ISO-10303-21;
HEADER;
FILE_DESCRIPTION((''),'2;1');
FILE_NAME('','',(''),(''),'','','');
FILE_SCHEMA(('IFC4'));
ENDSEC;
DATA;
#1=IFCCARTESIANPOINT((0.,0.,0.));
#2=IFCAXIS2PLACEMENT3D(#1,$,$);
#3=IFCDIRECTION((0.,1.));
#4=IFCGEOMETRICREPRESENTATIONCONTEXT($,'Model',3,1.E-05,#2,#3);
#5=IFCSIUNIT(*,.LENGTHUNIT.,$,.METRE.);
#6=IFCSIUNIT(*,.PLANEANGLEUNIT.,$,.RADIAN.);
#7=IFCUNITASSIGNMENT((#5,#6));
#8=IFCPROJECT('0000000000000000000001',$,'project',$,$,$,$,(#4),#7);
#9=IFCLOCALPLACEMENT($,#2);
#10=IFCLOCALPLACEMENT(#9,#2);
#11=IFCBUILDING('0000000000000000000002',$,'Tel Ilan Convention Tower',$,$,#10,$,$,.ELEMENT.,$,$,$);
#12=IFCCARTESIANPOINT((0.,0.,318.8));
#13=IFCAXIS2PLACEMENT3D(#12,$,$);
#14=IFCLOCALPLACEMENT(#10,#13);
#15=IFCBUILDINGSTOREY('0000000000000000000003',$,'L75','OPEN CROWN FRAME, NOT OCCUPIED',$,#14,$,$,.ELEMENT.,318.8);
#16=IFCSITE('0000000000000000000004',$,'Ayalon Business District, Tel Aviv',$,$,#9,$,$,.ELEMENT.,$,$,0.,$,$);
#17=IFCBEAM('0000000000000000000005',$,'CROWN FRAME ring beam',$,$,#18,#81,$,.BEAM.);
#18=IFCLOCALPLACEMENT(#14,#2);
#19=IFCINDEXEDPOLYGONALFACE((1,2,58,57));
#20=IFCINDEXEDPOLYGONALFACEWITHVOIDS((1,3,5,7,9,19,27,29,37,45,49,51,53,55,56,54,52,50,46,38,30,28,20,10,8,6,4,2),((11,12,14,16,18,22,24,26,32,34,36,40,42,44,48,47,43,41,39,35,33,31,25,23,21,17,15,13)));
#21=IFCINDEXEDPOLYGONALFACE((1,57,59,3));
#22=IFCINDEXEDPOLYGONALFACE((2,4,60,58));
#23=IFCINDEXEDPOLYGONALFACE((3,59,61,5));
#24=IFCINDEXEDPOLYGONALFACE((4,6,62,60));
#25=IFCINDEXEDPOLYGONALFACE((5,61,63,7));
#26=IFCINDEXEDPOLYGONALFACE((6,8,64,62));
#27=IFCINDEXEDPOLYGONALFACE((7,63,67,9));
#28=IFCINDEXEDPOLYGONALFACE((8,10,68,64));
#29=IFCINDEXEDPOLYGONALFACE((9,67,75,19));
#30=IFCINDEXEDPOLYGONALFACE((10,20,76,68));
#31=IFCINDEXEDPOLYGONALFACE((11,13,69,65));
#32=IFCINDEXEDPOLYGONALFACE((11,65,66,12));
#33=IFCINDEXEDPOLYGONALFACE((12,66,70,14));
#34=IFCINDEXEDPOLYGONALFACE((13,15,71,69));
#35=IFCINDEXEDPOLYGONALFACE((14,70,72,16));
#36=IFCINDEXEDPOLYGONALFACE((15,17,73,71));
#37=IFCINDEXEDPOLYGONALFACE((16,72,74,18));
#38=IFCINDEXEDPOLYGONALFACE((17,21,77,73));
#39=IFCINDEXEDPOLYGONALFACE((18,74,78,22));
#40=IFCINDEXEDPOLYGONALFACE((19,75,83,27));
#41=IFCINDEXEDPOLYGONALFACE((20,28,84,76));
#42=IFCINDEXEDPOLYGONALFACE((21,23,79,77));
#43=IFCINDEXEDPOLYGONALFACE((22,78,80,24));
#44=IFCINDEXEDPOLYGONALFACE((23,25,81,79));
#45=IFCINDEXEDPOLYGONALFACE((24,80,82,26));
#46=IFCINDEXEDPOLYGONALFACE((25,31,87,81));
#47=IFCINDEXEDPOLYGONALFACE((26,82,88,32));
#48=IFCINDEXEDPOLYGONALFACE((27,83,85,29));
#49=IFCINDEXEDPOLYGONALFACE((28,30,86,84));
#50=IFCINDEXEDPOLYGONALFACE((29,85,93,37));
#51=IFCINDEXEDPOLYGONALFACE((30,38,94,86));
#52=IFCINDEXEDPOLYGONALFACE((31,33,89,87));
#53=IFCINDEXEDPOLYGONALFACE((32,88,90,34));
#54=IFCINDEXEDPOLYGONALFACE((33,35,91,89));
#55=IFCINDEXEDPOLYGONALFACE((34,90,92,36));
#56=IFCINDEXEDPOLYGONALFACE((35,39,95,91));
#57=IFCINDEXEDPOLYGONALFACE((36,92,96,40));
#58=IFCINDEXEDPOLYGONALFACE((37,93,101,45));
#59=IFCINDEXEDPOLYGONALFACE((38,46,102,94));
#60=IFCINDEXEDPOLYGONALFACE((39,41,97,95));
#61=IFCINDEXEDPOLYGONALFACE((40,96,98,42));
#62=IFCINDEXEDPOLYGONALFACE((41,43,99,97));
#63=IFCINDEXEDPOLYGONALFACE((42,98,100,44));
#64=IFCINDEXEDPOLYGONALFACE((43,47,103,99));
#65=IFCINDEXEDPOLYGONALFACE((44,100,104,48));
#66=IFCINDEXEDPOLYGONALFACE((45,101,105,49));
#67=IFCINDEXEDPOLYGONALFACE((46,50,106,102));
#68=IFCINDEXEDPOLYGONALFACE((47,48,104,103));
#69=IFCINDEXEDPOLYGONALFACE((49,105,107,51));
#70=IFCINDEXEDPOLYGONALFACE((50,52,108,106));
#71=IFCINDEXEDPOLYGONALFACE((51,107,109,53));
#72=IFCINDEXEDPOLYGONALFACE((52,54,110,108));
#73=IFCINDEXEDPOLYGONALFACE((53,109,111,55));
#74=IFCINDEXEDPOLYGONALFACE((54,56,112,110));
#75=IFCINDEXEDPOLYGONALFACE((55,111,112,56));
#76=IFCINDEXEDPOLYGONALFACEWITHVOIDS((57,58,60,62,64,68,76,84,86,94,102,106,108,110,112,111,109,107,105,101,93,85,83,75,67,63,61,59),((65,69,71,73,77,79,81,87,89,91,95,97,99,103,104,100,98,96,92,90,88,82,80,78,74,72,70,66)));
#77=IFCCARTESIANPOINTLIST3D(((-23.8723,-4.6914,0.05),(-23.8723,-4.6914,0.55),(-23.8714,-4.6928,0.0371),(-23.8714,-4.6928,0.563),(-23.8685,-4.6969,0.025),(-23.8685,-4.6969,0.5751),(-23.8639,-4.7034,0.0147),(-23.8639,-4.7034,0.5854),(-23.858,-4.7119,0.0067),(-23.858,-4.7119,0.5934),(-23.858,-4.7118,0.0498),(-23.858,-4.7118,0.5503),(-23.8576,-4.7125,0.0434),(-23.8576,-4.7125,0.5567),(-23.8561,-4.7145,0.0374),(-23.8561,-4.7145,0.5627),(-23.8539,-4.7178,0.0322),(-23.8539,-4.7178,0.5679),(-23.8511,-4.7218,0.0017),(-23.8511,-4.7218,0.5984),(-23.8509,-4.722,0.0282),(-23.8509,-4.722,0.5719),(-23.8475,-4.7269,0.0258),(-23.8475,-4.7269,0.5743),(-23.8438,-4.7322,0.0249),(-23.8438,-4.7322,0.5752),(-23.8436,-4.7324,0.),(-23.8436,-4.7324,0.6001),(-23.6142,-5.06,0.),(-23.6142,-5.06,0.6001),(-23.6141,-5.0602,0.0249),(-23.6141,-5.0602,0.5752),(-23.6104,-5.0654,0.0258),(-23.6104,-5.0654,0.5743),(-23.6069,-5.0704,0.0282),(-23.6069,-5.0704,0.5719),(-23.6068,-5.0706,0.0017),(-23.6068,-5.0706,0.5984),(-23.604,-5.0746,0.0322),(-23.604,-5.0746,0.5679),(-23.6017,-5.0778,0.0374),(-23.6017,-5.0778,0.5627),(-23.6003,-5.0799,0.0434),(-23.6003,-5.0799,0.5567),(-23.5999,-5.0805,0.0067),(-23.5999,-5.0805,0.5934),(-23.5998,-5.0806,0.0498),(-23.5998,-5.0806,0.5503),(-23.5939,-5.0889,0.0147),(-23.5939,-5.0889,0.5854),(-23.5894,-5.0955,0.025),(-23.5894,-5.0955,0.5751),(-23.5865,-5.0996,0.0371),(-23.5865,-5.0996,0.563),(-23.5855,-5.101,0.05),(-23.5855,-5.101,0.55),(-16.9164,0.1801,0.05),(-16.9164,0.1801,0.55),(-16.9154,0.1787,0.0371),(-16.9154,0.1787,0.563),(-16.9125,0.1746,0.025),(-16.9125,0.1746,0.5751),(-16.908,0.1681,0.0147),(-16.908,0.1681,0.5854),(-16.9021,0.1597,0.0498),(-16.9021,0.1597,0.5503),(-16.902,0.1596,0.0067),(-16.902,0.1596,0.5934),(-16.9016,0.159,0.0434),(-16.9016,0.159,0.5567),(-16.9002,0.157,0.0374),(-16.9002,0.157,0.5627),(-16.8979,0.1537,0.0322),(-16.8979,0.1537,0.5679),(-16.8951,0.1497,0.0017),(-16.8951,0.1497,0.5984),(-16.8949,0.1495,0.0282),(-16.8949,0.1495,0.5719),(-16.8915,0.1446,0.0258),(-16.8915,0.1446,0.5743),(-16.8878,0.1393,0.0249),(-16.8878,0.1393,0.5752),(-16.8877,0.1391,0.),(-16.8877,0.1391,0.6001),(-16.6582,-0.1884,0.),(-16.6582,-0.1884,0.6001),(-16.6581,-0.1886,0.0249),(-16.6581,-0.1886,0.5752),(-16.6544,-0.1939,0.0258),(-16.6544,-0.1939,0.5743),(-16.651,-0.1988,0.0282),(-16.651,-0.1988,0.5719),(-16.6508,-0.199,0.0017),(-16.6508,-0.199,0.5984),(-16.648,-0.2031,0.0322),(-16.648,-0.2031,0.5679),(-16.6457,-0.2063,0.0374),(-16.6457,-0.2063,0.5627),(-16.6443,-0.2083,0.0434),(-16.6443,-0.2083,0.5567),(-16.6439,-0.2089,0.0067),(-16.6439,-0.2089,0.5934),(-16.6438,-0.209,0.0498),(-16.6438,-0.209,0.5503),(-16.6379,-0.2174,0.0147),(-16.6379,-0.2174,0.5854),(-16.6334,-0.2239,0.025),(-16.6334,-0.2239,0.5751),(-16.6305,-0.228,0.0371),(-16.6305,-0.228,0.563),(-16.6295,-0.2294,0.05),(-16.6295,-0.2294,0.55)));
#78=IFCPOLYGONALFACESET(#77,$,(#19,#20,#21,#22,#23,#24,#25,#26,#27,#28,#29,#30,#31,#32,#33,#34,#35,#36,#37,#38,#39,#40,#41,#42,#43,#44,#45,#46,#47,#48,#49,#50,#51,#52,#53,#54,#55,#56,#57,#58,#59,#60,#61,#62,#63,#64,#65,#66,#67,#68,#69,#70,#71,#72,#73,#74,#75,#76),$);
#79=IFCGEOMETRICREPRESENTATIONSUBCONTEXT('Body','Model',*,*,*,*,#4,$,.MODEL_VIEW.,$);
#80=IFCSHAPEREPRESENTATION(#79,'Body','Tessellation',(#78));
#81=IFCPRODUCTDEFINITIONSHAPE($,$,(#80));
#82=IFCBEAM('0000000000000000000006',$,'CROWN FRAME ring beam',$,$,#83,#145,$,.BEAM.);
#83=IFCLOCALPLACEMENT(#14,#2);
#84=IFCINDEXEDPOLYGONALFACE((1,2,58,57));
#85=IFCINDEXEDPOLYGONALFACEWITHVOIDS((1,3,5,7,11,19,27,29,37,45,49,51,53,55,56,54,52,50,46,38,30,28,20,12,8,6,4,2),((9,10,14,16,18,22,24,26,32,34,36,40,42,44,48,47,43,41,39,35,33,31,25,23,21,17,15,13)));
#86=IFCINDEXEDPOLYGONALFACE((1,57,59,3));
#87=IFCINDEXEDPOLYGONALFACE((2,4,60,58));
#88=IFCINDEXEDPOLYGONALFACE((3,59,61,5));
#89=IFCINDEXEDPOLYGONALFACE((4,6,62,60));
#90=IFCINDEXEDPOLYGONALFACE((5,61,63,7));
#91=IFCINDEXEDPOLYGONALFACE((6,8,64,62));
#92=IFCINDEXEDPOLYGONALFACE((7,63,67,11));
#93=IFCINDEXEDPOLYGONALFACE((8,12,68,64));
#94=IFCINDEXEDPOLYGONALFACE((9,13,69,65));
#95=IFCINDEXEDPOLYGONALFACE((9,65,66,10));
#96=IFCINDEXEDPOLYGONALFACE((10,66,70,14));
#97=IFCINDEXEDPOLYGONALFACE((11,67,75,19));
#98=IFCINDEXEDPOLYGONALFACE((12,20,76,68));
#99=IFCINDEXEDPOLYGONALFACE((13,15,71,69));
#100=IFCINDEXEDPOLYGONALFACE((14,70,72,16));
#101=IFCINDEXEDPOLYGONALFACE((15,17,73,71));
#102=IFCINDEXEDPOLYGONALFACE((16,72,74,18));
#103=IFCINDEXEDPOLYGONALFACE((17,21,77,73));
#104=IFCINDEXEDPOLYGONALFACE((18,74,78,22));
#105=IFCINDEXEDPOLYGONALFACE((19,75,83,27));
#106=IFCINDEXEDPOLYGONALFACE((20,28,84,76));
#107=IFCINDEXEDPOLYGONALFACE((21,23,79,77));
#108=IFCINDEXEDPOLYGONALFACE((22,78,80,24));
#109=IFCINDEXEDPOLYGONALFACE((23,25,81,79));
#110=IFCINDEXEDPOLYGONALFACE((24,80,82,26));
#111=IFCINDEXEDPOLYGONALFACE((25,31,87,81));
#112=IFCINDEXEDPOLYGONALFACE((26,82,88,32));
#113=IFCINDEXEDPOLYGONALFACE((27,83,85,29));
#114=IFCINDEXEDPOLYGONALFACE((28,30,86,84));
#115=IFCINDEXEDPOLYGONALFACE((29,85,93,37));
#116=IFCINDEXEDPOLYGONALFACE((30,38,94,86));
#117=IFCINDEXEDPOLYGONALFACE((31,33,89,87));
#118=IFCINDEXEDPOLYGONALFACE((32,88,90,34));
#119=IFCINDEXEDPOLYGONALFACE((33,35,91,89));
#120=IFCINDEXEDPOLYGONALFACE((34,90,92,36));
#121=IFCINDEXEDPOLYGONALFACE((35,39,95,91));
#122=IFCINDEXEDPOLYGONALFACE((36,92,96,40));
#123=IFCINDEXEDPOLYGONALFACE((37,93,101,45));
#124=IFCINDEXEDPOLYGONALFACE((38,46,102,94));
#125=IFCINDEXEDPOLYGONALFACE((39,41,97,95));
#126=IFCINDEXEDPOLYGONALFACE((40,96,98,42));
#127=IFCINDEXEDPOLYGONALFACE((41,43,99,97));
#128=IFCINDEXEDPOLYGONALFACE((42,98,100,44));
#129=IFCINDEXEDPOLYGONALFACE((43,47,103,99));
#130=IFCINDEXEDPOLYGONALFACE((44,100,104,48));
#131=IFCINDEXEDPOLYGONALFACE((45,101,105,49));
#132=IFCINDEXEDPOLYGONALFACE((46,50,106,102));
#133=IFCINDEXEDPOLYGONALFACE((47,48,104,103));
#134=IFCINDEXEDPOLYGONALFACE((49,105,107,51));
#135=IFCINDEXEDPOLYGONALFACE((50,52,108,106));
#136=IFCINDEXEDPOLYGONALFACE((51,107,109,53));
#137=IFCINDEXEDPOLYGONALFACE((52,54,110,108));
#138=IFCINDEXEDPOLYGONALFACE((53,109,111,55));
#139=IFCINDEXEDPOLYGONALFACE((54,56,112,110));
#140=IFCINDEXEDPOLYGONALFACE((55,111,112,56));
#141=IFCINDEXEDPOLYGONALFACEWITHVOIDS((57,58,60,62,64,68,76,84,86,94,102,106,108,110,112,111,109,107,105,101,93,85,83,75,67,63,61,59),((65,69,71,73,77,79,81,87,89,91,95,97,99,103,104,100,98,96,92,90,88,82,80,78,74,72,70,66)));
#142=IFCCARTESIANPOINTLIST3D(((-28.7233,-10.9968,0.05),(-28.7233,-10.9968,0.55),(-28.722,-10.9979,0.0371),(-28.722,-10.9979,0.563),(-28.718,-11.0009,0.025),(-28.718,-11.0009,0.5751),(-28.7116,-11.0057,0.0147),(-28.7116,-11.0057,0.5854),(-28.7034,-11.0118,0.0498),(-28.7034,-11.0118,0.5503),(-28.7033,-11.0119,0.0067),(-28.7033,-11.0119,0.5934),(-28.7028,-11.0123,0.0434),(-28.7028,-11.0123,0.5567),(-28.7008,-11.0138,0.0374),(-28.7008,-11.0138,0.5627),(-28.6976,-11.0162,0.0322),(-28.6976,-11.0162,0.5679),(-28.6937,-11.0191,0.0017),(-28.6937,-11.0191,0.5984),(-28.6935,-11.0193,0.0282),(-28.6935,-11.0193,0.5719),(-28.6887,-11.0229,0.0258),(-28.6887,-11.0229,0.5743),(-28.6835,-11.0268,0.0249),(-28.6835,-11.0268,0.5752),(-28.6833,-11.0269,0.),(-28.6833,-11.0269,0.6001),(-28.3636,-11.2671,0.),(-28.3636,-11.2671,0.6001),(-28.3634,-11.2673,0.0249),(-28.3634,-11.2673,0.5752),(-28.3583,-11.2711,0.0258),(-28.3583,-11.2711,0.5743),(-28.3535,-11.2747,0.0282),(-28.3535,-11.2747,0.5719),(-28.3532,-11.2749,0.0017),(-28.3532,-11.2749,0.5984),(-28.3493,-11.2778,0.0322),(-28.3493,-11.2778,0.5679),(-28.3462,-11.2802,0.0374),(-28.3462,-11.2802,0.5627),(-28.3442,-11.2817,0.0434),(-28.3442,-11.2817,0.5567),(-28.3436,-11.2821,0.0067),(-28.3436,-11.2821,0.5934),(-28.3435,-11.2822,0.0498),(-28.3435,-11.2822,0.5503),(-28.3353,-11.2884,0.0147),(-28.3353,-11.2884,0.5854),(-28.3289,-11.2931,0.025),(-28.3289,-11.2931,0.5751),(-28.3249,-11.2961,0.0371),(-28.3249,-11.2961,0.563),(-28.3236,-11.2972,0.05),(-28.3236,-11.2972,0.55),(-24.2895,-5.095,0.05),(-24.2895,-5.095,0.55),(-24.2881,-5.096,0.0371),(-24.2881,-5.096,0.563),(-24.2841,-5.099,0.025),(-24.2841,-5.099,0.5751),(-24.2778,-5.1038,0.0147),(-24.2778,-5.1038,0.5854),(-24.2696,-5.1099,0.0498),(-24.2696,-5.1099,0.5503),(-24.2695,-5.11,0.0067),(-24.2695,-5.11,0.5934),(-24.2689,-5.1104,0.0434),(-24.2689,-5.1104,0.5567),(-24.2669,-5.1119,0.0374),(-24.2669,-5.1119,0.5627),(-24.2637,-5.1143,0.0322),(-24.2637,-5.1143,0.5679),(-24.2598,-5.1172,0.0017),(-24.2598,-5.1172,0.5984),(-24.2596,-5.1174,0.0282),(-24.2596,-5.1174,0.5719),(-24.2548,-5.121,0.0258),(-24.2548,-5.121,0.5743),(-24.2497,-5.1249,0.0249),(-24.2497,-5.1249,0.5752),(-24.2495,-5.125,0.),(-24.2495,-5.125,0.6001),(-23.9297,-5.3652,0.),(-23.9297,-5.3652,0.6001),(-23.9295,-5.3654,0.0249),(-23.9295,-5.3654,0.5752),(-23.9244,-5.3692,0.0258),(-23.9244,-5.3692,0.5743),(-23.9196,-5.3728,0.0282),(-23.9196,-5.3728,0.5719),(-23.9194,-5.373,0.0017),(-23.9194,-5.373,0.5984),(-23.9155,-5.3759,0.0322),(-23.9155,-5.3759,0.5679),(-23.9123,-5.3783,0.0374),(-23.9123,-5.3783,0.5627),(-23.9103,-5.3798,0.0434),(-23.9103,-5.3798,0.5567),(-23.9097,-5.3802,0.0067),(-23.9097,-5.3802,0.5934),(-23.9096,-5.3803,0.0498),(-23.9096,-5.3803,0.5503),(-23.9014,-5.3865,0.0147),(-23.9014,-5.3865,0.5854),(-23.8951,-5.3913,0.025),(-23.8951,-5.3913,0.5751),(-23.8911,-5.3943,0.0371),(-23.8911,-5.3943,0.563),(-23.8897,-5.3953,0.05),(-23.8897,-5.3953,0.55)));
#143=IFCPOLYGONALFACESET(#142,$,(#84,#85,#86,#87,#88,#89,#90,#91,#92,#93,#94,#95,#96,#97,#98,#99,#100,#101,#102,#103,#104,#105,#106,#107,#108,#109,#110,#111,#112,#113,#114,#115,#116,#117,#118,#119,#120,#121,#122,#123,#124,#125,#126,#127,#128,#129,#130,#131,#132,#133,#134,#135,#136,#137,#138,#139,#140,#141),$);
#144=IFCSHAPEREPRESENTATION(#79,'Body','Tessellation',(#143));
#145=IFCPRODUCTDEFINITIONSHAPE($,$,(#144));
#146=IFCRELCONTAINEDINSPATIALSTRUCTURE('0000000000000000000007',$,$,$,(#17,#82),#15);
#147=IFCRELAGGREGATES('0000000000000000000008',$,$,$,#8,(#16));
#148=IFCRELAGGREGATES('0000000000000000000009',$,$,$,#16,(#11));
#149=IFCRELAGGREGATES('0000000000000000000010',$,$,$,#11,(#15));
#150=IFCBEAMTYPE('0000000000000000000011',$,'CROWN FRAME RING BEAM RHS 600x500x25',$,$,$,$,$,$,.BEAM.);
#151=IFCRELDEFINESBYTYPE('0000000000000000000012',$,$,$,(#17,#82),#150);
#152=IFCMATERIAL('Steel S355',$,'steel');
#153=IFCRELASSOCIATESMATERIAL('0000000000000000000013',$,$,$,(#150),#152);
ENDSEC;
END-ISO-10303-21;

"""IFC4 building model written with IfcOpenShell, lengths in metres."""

from ifc_helpers import new_model, si_unit, direction, frame, origin, origin_2d, place, context, subcontext, project, spatial, hollow_rectangle, extrude, material, material_profile, profile_set, type_object, element, save


model = new_model("IFC4")

# Units and contexts
model_context = context("Model", 3, precision=1e-05, world=origin(), true_north=direction((0.0, 1.0)))
body_context = subcontext(model_context, "Body", "Model", "MODEL_VIEW")
ifc_project = project(units=[si_unit("LENGTHUNIT", "METRE"), si_unit("PLANEANGLEUNIT", "RADIAN")], contexts=[model_context])

# Site, building, storey
site_placement = place(None, origin())
site = spatial("IfcSite", under=ifc_project, at=site_placement, Name="Ayalon Business District, Tel Aviv", CompositionType="ELEMENT", RefElevation=0.0)
building_placement = place(site_placement, origin())
building = spatial("IfcBuilding", under=site, at=building_placement, Name="Tel Ilan Convention Tower", CompositionType="ELEMENT")
storey_placement = place(building_placement, frame((0.0, 0.0, 318.8)))
storey = spatial("IfcBuildingStorey", under=building, at=storey_placement, Name="L75", Description="OPEN CROWN FRAME, NOT OCCUPIED", CompositionType="ELEMENT", Elevation=318.8)

# Beams
ifc_material_1 = material(Name="Steel S355", Category="steel")
ifc_material_profile_1 = material_profile(ifc_material_1, hollow_rectangle(XDim=0.5, YDim=0.6001, WallThickness=0.0249, InnerFilletRadius=0.0249, OuterFilletRadius=0.05, at=origin_2d()), Name="RHS 600x500x25")
ifc_profile_set_1 = profile_set([ifc_material_profile_1], Name="Steel S355")
beam_type = type_object("IfcBeamType", Name="CROWN FRAME RING BEAM RHS 600x500x25", PredefinedType="BEAM", material=ifc_profile_set_1)
beam_1_placement = place(storey_placement, frame((-16.7729, -0.0247, 0.3), z_axis=(-0.819102, -0.573648, 0.0), x_axis=(0.573648, -0.819102, 0.0)))
element("IfcBeam", 1, at=beam_1_placement, inside=storey, type_object=beam_type, Name="CROWN FRAME ring beam", PredefinedType="BEAM", context=body_context, shape_type="SweptSolid", body=[
    extrude(hollow_rectangle(XDim=0.5, YDim=0.6001, WallThickness=0.0249, InnerFilletRadius=0.0249, OuterFilletRadius=0.05, at=origin_2d()), origin(), (0.0, 0.0, 1.0), 8.4922),
])
beam_2_placement = place(storey_placement, frame((-24.0896, -5.2451, 0.3), z_axis=(-0.600645, -0.799516, 0.0), x_axis=(0.799516, -0.600645, 0.0)))
element("IfcBeam", 2, at=beam_2_placement, inside=storey, type_object=beam_type, Name="CROWN FRAME ring beam", PredefinedType="BEAM", context=body_context, shape_type="SweptSolid", body=[
    extrude(hollow_rectangle(XDim=0.5, YDim=0.6001, WallThickness=0.0249, InnerFilletRadius=0.0249, OuterFilletRadius=0.05, at=origin_2d()), origin(), (0.0, 0.0, 1.0), 7.3818),
])

save(model, "model.ifc")
